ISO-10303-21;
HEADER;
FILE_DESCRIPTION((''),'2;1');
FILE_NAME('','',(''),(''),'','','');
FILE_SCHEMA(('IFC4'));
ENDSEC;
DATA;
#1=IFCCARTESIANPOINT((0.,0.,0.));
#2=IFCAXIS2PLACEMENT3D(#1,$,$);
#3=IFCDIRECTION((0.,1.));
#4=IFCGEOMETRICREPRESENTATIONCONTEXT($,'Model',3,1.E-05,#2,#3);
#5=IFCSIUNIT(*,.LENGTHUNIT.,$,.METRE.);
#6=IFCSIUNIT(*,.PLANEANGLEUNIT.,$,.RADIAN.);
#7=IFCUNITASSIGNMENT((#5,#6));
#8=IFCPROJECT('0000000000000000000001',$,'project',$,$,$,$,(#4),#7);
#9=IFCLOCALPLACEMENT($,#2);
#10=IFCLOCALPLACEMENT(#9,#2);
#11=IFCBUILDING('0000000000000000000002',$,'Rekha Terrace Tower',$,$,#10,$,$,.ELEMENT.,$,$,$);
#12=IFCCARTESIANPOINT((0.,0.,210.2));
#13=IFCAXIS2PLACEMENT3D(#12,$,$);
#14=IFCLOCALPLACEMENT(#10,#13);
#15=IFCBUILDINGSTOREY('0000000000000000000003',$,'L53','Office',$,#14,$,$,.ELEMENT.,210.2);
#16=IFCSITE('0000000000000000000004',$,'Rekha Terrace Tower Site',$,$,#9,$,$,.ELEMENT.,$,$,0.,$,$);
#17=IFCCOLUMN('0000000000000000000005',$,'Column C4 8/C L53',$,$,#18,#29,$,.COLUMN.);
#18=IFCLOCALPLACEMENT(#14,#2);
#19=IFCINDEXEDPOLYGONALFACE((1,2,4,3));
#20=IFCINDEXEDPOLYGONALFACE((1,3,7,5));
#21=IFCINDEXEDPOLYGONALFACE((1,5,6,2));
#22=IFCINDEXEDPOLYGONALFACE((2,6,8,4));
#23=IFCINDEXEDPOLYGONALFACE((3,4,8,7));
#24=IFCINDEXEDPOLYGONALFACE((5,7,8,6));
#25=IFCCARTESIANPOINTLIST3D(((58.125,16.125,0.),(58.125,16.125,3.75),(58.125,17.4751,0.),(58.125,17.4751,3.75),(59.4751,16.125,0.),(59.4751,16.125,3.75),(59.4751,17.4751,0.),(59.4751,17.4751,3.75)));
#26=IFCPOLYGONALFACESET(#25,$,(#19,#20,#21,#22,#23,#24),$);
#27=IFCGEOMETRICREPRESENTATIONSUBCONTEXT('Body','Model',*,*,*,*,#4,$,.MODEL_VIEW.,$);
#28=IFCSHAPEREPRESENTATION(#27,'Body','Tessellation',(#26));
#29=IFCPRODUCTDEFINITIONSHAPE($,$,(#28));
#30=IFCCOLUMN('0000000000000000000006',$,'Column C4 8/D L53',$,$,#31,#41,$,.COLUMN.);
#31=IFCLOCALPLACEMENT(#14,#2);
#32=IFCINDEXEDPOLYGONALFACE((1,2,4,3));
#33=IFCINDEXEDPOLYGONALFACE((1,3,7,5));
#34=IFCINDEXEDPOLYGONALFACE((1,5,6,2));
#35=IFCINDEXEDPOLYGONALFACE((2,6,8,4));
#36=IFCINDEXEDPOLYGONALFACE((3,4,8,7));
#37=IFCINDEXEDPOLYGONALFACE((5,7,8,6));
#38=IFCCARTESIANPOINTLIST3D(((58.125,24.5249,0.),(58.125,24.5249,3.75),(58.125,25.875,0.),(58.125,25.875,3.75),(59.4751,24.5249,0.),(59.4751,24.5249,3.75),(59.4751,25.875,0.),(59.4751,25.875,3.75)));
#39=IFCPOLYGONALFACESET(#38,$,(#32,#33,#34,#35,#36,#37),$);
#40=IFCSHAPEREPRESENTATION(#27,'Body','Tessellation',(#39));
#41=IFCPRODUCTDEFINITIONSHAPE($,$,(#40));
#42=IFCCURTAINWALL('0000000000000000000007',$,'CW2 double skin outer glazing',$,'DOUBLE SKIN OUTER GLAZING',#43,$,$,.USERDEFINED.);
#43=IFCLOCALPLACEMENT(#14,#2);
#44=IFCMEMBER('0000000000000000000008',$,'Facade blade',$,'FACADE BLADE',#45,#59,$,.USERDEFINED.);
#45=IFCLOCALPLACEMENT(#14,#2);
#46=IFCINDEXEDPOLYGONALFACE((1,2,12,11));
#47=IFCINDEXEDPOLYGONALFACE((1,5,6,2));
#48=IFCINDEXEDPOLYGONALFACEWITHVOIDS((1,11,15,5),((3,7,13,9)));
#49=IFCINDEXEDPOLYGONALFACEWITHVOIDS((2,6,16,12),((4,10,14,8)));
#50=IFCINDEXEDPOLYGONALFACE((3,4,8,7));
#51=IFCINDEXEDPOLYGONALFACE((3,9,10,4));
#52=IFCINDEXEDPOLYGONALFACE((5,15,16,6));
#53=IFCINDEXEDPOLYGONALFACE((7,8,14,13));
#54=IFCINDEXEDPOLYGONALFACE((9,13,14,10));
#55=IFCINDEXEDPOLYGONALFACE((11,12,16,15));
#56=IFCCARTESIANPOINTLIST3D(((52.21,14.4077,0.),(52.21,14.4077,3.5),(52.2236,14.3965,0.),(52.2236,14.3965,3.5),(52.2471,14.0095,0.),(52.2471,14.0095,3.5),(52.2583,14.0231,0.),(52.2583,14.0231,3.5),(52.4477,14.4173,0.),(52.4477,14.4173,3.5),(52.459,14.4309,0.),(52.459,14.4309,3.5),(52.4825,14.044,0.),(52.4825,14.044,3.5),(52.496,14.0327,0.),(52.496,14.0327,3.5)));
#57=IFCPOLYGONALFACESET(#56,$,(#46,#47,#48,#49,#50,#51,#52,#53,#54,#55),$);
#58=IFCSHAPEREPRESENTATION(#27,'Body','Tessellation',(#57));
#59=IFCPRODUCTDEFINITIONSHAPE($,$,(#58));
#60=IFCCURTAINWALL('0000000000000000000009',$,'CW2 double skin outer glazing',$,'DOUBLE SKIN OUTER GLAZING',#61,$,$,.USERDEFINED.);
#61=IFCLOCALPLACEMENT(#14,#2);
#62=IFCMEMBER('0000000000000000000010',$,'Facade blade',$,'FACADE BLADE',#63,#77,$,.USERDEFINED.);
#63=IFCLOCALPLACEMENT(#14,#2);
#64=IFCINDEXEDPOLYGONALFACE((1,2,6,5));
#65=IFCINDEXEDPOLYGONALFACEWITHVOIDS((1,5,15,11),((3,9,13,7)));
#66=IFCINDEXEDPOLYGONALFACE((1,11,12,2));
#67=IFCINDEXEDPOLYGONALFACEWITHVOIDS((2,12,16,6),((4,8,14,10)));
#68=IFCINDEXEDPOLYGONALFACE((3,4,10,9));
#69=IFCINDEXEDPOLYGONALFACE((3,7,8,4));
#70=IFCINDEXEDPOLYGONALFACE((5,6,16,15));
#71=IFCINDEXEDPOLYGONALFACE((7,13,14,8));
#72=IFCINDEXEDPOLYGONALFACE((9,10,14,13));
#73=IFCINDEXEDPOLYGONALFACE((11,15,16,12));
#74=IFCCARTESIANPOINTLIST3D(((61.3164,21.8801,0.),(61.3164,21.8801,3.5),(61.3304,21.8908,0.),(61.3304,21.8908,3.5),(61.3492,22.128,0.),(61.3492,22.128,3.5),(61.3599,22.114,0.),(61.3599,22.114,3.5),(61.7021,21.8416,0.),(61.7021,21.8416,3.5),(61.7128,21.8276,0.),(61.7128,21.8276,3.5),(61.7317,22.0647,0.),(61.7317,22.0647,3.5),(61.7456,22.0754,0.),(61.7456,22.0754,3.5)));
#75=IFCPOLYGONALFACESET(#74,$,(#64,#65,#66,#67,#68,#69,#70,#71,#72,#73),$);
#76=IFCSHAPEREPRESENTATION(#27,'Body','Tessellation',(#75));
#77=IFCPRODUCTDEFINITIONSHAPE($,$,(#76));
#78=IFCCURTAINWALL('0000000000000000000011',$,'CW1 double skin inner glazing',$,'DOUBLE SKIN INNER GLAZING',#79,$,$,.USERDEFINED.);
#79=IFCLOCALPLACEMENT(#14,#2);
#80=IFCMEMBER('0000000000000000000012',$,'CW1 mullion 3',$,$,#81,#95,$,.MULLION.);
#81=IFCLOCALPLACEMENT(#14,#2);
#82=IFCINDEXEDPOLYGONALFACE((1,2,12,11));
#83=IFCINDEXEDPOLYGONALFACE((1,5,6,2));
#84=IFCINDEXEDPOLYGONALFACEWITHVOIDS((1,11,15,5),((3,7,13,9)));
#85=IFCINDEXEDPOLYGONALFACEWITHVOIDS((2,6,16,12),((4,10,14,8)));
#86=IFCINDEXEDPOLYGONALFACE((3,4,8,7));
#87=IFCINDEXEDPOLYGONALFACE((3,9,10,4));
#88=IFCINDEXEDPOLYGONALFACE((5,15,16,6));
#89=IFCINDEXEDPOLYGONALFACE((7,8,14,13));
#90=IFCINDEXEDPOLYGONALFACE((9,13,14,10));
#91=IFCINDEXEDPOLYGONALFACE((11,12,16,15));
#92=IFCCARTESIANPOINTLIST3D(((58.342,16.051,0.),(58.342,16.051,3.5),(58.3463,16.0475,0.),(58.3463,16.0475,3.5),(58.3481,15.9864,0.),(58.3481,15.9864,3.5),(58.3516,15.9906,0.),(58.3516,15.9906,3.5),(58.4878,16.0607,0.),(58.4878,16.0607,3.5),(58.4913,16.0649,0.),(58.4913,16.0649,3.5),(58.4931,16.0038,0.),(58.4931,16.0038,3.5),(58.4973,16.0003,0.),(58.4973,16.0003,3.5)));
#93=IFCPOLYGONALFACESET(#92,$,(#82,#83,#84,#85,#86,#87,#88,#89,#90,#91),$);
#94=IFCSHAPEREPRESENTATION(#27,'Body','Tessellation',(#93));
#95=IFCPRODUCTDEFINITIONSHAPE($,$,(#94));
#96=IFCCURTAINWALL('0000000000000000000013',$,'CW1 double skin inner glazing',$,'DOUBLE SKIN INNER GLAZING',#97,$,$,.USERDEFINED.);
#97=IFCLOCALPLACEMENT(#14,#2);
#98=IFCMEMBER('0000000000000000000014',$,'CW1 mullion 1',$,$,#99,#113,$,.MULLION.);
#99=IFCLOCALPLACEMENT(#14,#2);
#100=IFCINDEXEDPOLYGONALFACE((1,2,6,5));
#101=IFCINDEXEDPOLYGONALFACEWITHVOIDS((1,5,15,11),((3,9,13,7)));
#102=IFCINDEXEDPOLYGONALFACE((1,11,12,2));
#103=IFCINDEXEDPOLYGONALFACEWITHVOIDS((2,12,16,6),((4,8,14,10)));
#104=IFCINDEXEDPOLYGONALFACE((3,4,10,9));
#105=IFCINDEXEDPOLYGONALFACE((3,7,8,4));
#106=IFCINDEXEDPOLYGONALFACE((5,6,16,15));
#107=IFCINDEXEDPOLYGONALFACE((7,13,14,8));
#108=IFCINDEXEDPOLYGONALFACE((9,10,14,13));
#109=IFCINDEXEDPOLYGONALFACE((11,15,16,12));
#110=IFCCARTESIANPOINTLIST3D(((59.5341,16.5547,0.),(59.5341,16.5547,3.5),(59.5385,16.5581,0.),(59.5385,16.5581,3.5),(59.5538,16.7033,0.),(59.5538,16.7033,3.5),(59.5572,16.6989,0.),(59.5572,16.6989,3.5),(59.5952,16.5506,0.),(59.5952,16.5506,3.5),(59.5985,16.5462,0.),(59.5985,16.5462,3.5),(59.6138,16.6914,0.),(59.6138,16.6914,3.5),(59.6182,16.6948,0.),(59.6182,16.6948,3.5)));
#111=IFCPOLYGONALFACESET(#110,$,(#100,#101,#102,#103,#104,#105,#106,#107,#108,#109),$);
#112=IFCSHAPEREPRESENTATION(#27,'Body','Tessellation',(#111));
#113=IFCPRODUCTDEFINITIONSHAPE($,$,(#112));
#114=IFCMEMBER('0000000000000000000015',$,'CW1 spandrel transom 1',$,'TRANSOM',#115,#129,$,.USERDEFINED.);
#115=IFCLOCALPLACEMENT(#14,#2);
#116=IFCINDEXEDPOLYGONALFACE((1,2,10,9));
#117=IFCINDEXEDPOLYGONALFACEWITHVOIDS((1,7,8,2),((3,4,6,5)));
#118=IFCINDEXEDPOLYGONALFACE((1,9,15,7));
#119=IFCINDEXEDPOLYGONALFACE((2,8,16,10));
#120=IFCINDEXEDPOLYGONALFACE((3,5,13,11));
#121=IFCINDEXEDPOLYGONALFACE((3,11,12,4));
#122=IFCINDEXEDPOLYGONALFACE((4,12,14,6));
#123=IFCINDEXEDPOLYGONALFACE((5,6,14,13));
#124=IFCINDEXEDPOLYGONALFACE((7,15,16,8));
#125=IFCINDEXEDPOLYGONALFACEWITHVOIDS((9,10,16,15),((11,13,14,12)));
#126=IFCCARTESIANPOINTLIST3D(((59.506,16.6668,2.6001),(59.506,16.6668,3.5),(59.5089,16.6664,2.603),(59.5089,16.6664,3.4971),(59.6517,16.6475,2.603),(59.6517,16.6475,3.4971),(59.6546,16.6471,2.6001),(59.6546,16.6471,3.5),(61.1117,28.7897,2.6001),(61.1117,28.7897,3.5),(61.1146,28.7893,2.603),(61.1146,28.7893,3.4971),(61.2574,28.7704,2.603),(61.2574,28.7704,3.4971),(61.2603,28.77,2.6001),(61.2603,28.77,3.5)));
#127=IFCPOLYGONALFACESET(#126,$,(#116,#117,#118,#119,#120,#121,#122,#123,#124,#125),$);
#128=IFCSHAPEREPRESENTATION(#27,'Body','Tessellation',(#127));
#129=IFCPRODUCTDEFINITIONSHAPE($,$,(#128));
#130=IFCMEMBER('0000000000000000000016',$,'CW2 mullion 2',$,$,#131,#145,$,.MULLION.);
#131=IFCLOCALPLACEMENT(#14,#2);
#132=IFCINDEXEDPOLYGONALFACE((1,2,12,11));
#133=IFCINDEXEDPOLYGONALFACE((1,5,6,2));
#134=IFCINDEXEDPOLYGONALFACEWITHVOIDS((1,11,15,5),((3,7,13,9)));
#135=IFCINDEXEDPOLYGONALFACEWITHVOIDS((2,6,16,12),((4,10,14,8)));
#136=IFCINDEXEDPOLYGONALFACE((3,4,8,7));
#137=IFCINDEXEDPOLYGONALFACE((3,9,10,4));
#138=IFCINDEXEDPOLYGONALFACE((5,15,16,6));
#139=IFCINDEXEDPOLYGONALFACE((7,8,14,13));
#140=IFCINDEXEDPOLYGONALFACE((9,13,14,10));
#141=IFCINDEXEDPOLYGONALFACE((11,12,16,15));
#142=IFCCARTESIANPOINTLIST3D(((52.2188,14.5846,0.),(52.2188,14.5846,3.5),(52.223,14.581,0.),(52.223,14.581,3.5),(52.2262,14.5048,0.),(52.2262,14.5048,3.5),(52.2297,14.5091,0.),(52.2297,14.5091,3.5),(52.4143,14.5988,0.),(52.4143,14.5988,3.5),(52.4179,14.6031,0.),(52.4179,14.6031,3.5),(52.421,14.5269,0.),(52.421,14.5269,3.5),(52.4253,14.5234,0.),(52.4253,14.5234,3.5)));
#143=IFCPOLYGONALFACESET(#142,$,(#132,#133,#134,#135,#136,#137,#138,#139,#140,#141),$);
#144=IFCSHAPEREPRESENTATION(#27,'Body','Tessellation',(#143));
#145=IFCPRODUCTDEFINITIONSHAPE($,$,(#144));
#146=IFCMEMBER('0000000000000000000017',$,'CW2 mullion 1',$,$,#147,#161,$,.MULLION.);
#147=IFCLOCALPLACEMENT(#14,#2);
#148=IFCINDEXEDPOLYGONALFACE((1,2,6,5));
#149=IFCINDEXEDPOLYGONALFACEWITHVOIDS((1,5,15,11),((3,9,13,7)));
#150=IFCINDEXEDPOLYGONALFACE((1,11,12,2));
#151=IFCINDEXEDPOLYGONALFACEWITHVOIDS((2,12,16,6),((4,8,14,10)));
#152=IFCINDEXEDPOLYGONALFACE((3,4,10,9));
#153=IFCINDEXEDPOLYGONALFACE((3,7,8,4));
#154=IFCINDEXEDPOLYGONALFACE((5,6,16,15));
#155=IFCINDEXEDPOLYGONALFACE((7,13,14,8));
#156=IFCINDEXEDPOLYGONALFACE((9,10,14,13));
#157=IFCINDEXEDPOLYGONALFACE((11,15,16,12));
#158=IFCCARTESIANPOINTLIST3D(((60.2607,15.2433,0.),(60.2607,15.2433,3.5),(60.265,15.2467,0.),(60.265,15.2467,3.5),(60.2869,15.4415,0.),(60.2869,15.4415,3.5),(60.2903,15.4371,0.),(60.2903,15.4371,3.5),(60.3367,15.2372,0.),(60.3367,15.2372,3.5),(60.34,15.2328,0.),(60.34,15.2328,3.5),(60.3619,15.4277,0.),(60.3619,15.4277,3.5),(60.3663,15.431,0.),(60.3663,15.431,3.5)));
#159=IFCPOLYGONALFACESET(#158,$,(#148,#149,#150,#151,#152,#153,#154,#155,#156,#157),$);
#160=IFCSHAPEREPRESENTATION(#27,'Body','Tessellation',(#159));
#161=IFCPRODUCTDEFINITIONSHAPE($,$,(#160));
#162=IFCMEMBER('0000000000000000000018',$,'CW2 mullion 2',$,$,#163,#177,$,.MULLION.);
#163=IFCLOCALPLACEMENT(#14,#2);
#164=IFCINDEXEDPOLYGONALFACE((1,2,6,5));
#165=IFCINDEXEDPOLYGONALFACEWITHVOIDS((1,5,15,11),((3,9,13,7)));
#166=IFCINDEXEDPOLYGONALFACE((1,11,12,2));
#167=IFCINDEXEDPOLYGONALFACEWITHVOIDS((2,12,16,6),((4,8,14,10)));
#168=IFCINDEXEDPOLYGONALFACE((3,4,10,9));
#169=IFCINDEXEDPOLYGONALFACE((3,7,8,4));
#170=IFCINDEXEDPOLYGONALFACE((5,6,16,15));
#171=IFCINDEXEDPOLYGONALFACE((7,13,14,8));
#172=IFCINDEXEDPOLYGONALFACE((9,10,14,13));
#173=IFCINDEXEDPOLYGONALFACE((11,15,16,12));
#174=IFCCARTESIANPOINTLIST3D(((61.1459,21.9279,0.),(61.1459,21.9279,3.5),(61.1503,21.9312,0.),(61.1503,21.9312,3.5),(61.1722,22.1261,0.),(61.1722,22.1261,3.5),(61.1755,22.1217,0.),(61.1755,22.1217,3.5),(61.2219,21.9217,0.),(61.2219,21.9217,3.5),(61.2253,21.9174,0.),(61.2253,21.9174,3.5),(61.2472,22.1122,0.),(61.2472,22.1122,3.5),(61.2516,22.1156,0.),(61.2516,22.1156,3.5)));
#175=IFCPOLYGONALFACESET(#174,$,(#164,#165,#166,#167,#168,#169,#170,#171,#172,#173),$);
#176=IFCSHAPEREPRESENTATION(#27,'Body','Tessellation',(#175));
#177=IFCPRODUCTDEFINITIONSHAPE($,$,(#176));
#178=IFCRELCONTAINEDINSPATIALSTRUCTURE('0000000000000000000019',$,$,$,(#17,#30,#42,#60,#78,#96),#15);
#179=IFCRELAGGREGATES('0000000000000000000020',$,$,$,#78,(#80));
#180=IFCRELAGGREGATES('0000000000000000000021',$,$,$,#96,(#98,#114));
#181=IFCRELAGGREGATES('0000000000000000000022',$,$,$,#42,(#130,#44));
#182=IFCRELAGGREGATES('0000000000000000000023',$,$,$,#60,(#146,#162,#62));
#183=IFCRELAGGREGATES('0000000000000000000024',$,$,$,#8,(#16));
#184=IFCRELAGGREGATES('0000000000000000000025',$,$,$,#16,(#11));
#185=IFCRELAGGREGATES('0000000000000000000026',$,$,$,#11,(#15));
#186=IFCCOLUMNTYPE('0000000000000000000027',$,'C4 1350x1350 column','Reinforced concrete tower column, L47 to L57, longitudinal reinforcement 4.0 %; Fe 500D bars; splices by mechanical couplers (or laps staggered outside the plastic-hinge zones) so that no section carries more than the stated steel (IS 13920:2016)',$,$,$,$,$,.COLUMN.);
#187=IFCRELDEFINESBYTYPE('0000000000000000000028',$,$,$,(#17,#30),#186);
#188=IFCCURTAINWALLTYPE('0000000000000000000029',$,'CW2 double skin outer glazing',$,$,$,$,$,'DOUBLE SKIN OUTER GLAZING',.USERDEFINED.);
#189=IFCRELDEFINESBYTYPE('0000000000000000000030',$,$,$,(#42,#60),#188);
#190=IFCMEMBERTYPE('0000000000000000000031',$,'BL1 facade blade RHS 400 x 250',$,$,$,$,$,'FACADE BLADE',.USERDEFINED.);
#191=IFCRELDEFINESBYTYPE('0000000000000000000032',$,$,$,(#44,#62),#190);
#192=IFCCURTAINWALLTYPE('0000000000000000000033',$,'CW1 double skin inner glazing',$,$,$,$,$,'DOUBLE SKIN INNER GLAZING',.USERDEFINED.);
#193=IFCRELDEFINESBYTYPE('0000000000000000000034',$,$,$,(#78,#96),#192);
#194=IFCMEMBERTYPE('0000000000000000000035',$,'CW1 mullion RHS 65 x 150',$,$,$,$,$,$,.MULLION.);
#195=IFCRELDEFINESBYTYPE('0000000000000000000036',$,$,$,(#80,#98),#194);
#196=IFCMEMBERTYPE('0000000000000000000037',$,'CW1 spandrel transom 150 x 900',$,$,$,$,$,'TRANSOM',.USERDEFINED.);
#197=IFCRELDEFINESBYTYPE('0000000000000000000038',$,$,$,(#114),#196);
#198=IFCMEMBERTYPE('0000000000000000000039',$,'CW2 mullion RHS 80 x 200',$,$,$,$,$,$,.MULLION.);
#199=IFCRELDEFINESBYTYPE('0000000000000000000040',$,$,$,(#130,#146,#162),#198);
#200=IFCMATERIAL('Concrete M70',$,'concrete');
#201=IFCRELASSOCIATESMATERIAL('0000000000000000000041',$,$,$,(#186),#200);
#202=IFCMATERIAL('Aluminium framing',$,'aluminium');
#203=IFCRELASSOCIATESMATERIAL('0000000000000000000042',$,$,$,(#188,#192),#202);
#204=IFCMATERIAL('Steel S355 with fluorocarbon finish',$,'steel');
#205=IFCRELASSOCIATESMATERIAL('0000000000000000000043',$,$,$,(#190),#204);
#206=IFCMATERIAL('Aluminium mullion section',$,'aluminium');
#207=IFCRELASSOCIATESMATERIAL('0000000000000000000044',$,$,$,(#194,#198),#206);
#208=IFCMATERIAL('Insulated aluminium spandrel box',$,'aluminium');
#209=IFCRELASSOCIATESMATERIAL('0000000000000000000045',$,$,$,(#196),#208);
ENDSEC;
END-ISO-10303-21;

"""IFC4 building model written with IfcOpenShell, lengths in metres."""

from ifc_helpers import new_model, si_unit, direction, frame, origin, origin_2d, place, context, subcontext, project, spatial, rectangle, hollow_rectangle, extrude, material, material_profile, profile_set, type_object, element, aggregate, save


model = new_model("IFC4")

# Units and contexts
model_context = context("Model", 3, precision=1e-05, world=origin(), true_north=direction((0.0, 1.0)))
body_context = subcontext(model_context, "Body", "Model", "MODEL_VIEW")
ifc_project = project(units=[si_unit("LENGTHUNIT", "METRE"), si_unit("PLANEANGLEUNIT", "RADIAN")], contexts=[model_context])

# Site, building, storey
site_placement = place(None, origin())
site = spatial("IfcSite", under=ifc_project, at=site_placement, Name="Rekha Terrace Tower Site", CompositionType="ELEMENT", RefElevation=0.0)
building_placement = place(site_placement, origin())
building = spatial("IfcBuilding", under=site, at=building_placement, Name="Rekha Terrace Tower", CompositionType="ELEMENT")
storey_placement = place(building_placement, frame((0.0, 0.0, 210.2)))
storey = spatial("IfcBuildingStorey", under=building, at=storey_placement, Name="L53", Description="Office", CompositionType="ELEMENT", Elevation=210.2)

# Columns
ifc_material_1 = material(Name="Concrete M70", Category="concrete")
ifc_material_profile_1 = material_profile(ifc_material_1, rectangle(XDim=1.3501, YDim=1.3501, at=origin_2d()), Name="RC 1350x1350")
ifc_profile_set_1 = profile_set([ifc_material_profile_1], Name="Concrete M70")
column_type = type_object("IfcColumnType", Name="C4 1350x1350 column", Description="Reinforced concrete tower column, L47 to L57, longitudinal reinforcement 4.0 %; Fe 500D bars; splices by mechanical couplers (or laps staggered outside the plastic-hinge zones) so that no section carries more than the stated steel (IS 13920:2016)", PredefinedType="COLUMN", material=ifc_profile_set_1)
for number, where, z_axis, x_axis, name in (
    (1, (58.8, 16.8, 0.0), (0.0, 0.0, 1.0), (1.0, 0.0, 0.0), "Column C4 8/C L53"),
    (2, (58.8, 25.2, 0.0), (0.0, 0.0, 1.0), (1.0, 0.0, 0.0), "Column C4 8/D L53"),
):
    element("IfcColumn", number, at=place(storey_placement, frame(where, z_axis=z_axis, x_axis=x_axis)), inside=storey, type_object=column_type, Name=name, PredefinedType="COLUMN", context=body_context, shape_type="SweptSolid", body=[
        extrude(rectangle(XDim=1.3501, YDim=1.3501, at=origin_2d()), origin(), (0.0, 0.0, 1.0), 3.75),
    ])

# Curtain walls, members
ifc_material_2 = material(Name="Aluminium framing", Category="aluminium")
curtain_wall_type_1 = type_object("IfcCurtainWallType", Name="CW2 double skin outer glazing", ElementType="DOUBLE SKIN OUTER GLAZING", PredefinedType="USERDEFINED", material=ifc_material_2)
curtain_wall_1_placement = place(storey_placement, origin())
curtain_wall_1 = element("IfcCurtainWall", 3, at=curtain_wall_1_placement, inside=storey, type_object=curtain_wall_type_1, Name="CW2 double skin outer glazing", ObjectType="DOUBLE SKIN OUTER GLAZING", PredefinedType="USERDEFINED")
ifc_material_3 = material(Name="Steel S355 with fluorocarbon finish", Category="steel")
ifc_material_profile_2 = material_profile(ifc_material_3, hollow_rectangle(XDim=0.25, YDim=0.3999, WallThickness=0.0125, at=origin_2d()), Name="RHS400x250x12.5")
ifc_profile_set_2 = profile_set([ifc_material_profile_2], Name="Steel S355 with fluorocarbon finish")
member_type_1 = type_object("IfcMemberType", Name="BL1 facade blade RHS 400 x 250", ElementType="FACADE BLADE", PredefinedType="USERDEFINED", material=ifc_profile_set_2)
member_1_placement = place(storey_placement, frame((52.353, 14.2202, 0.0), z_axis=(0.0, 0.0, 1.0), x_axis=(0.995693, 0.092709, 0.0)))
member_1 = element("IfcMember", 4, at=member_1_placement, type_object=member_type_1, Name="Facade blade", ObjectType="FACADE BLADE", PredefinedType="USERDEFINED", context=body_context, shape_type="SweptSolid", body=[
    extrude(hollow_rectangle(XDim=0.25, YDim=0.3999, WallThickness=0.0125, at=origin_2d()), origin(), (0.0, 0.0, 1.0), 3.5),
])
curtain_wall_2_placement = place(storey_placement, origin())
curtain_wall_2 = element("IfcCurtainWall", 5, at=curtain_wall_2_placement, inside=storey, type_object=curtain_wall_type_1, Name="CW2 double skin outer glazing", ObjectType="DOUBLE SKIN OUTER GLAZING", PredefinedType="USERDEFINED")
member_2_placement = place(storey_placement, frame((61.531, 21.9778, 0.0), z_axis=(0.0, 0.0, 1.0), x_axis=(0.131303, 0.991342, 0.0)))
member_2 = element("IfcMember", 6, at=member_2_placement, type_object=member_type_1, Name="Facade blade", ObjectType="FACADE BLADE", PredefinedType="USERDEFINED", context=body_context, shape_type="SweptSolid", body=[
    extrude(hollow_rectangle(XDim=0.25, YDim=0.3999, WallThickness=0.0125, at=origin_2d()), origin(), (0.0, 0.0, 1.0), 3.5),
])
curtain_wall_type_2 = type_object("IfcCurtainWallType", Name="CW1 double skin inner glazing", ElementType="DOUBLE SKIN INNER GLAZING", PredefinedType="USERDEFINED", material=ifc_material_2)
curtain_wall_3_placement = place(storey_placement, origin())
curtain_wall_3 = element("IfcCurtainWall", 7, at=curtain_wall_3_placement, inside=storey, type_object=curtain_wall_type_2, Name="CW1 double skin inner glazing", ObjectType="DOUBLE SKIN INNER GLAZING", PredefinedType="USERDEFINED")
ifc_material_4 = material(Name="Aluminium mullion section", Category="aluminium")
ifc_material_profile_3 = material_profile(ifc_material_4, hollow_rectangle(XDim=0.0649, YDim=0.1499, WallThickness=0.0039, at=origin_2d()), Name="AL RHS 65x150")
ifc_profile_set_3 = profile_set([ifc_material_profile_3], Name="Aluminium mullion section")
member_type_2 = type_object("IfcMemberType", Name="CW1 mullion RHS 65 x 150", PredefinedType="MULLION", material=ifc_profile_set_3)
member_3_placement = place(storey_placement, frame((58.4197, 16.0256, 0.0), z_axis=(0.0, 0.0, 1.0), x_axis=(-0.092709, 0.995693, 0.0)))
member_3 = element("IfcMember", 8, at=member_3_placement, type_object=member_type_2, Name="CW1 mullion 3", PredefinedType="MULLION", context=body_context, shape_type="SweptSolid", body=[
    extrude(hollow_rectangle(XDim=0.0649, YDim=0.1499, WallThickness=0.0039, at=origin_2d()), origin(), (0.0, 0.0, 1.0), 3.5),
])

# Curtain wall, members
curtain_wall_4_placement = place(storey_placement, origin())
curtain_wall_4 = element("IfcCurtainWall", 9, at=curtain_wall_4_placement, inside=storey, type_object=curtain_wall_type_2, Name="CW1 double skin inner glazing", ObjectType="DOUBLE SKIN INNER GLAZING", PredefinedType="USERDEFINED")
member_4_placement = place(storey_placement, frame((59.5762, 16.6248, 0.0), z_axis=(0.0, 0.0, 1.0), x_axis=(-0.991342, 0.131304, 0.0)))
member_4 = element("IfcMember", 10, at=member_4_placement, type_object=member_type_2, Name="CW1 mullion 1", PredefinedType="MULLION", context=body_context, shape_type="SweptSolid", body=[
    extrude(hollow_rectangle(XDim=0.0649, YDim=0.1499, WallThickness=0.0039, at=origin_2d()), origin(), (0.0, 0.0, 1.0), 3.5),
])
ifc_material_5 = material(Name="Insulated aluminium spandrel box", Category="aluminium")
ifc_material_profile_4 = material_profile(ifc_material_5, hollow_rectangle(XDim=0.1499, YDim=0.8999, WallThickness=0.0029, at=origin_2d()), Name="AL SPANDREL BOX 150x900")
ifc_profile_set_4 = profile_set([ifc_material_profile_4], Name="Insulated aluminium spandrel box")
member_type_3 = type_object("IfcMemberType", Name="CW1 spandrel transom 150 x 900", ElementType="TRANSOM", PredefinedType="USERDEFINED", material=ifc_profile_set_4)
member_5_placement = place(storey_placement, frame((59.5803, 16.657, 3.05), z_axis=(0.131307, 0.991342, 0.0), x_axis=(-0.991342, 0.131307, 0.0)))
member_5 = element("IfcMember", 11, at=member_5_placement, type_object=member_type_3, Name="CW1 spandrel transom 1", ObjectType="TRANSOM", PredefinedType="USERDEFINED", context=body_context, shape_type="SweptSolid", body=[
    extrude(hollow_rectangle(XDim=0.1499, YDim=0.8999, WallThickness=0.0029, at=origin_2d()), origin(), (0.0, 0.0, 1.0), 12.2288),
])

# Members
ifc_material_profile_5 = material_profile(ifc_material_4, hollow_rectangle(XDim=0.0801, YDim=0.2, WallThickness=0.0039, at=origin_2d()), Name="AL RHS 80x200")
ifc_profile_set_5 = profile_set([ifc_material_profile_5], Name="Aluminium mullion section")
member_type_4 = type_object("IfcMemberType", Name="CW2 mullion RHS 80 x 200", PredefinedType="MULLION", material=ifc_profile_set_5)
member_6_placement = place(storey_placement, frame((52.322, 14.554, 0.0), z_axis=(0.0, 0.0, 1.0), x_axis=(-0.092709, 0.995693, 0.0)))
member_6 = element("IfcMember", 12, at=member_6_placement, type_object=member_type_4, Name="CW2 mullion 2", PredefinedType="MULLION", context=body_context, shape_type="SweptSolid", body=[
    extrude(hollow_rectangle(XDim=0.0801, YDim=0.2, WallThickness=0.0039, at=origin_2d()), origin(), (0.0, 0.0, 1.0), 3.5),
])
member_7_placement = place(storey_placement, frame((60.3135, 15.3372, 0.0), z_axis=(0.0, 0.0, 1.0), x_axis=(-0.991342, 0.131304, 0.0)))
member_7 = element("IfcMember", 13, at=member_7_placement, type_object=member_type_4, Name="CW2 mullion 1", PredefinedType="MULLION", context=body_context, shape_type="SweptSolid", body=[
    extrude(hollow_rectangle(XDim=0.0801, YDim=0.2, WallThickness=0.0039, at=origin_2d()), origin(), (0.0, 0.0, 1.0), 3.5),
])
member_8_placement = place(storey_placement, frame((61.1987, 22.0217, 0.0), z_axis=(0.0, 0.0, 1.0), x_axis=(-0.991342, 0.131304, 0.0)))
member_8 = element("IfcMember", 14, at=member_8_placement, type_object=member_type_4, Name="CW2 mullion 2", PredefinedType="MULLION", context=body_context, shape_type="SweptSolid", body=[
    extrude(hollow_rectangle(XDim=0.0801, YDim=0.2, WallThickness=0.0039, at=origin_2d()), origin(), (0.0, 0.0, 1.0), 3.5),
])

aggregate(curtain_wall_3, [member_3])
aggregate(curtain_wall_4, [member_4, member_5])
aggregate(curtain_wall_1, [member_6, member_1])
aggregate(curtain_wall_2, [member_7, member_8, member_2])

save(model, "model.ifc")
